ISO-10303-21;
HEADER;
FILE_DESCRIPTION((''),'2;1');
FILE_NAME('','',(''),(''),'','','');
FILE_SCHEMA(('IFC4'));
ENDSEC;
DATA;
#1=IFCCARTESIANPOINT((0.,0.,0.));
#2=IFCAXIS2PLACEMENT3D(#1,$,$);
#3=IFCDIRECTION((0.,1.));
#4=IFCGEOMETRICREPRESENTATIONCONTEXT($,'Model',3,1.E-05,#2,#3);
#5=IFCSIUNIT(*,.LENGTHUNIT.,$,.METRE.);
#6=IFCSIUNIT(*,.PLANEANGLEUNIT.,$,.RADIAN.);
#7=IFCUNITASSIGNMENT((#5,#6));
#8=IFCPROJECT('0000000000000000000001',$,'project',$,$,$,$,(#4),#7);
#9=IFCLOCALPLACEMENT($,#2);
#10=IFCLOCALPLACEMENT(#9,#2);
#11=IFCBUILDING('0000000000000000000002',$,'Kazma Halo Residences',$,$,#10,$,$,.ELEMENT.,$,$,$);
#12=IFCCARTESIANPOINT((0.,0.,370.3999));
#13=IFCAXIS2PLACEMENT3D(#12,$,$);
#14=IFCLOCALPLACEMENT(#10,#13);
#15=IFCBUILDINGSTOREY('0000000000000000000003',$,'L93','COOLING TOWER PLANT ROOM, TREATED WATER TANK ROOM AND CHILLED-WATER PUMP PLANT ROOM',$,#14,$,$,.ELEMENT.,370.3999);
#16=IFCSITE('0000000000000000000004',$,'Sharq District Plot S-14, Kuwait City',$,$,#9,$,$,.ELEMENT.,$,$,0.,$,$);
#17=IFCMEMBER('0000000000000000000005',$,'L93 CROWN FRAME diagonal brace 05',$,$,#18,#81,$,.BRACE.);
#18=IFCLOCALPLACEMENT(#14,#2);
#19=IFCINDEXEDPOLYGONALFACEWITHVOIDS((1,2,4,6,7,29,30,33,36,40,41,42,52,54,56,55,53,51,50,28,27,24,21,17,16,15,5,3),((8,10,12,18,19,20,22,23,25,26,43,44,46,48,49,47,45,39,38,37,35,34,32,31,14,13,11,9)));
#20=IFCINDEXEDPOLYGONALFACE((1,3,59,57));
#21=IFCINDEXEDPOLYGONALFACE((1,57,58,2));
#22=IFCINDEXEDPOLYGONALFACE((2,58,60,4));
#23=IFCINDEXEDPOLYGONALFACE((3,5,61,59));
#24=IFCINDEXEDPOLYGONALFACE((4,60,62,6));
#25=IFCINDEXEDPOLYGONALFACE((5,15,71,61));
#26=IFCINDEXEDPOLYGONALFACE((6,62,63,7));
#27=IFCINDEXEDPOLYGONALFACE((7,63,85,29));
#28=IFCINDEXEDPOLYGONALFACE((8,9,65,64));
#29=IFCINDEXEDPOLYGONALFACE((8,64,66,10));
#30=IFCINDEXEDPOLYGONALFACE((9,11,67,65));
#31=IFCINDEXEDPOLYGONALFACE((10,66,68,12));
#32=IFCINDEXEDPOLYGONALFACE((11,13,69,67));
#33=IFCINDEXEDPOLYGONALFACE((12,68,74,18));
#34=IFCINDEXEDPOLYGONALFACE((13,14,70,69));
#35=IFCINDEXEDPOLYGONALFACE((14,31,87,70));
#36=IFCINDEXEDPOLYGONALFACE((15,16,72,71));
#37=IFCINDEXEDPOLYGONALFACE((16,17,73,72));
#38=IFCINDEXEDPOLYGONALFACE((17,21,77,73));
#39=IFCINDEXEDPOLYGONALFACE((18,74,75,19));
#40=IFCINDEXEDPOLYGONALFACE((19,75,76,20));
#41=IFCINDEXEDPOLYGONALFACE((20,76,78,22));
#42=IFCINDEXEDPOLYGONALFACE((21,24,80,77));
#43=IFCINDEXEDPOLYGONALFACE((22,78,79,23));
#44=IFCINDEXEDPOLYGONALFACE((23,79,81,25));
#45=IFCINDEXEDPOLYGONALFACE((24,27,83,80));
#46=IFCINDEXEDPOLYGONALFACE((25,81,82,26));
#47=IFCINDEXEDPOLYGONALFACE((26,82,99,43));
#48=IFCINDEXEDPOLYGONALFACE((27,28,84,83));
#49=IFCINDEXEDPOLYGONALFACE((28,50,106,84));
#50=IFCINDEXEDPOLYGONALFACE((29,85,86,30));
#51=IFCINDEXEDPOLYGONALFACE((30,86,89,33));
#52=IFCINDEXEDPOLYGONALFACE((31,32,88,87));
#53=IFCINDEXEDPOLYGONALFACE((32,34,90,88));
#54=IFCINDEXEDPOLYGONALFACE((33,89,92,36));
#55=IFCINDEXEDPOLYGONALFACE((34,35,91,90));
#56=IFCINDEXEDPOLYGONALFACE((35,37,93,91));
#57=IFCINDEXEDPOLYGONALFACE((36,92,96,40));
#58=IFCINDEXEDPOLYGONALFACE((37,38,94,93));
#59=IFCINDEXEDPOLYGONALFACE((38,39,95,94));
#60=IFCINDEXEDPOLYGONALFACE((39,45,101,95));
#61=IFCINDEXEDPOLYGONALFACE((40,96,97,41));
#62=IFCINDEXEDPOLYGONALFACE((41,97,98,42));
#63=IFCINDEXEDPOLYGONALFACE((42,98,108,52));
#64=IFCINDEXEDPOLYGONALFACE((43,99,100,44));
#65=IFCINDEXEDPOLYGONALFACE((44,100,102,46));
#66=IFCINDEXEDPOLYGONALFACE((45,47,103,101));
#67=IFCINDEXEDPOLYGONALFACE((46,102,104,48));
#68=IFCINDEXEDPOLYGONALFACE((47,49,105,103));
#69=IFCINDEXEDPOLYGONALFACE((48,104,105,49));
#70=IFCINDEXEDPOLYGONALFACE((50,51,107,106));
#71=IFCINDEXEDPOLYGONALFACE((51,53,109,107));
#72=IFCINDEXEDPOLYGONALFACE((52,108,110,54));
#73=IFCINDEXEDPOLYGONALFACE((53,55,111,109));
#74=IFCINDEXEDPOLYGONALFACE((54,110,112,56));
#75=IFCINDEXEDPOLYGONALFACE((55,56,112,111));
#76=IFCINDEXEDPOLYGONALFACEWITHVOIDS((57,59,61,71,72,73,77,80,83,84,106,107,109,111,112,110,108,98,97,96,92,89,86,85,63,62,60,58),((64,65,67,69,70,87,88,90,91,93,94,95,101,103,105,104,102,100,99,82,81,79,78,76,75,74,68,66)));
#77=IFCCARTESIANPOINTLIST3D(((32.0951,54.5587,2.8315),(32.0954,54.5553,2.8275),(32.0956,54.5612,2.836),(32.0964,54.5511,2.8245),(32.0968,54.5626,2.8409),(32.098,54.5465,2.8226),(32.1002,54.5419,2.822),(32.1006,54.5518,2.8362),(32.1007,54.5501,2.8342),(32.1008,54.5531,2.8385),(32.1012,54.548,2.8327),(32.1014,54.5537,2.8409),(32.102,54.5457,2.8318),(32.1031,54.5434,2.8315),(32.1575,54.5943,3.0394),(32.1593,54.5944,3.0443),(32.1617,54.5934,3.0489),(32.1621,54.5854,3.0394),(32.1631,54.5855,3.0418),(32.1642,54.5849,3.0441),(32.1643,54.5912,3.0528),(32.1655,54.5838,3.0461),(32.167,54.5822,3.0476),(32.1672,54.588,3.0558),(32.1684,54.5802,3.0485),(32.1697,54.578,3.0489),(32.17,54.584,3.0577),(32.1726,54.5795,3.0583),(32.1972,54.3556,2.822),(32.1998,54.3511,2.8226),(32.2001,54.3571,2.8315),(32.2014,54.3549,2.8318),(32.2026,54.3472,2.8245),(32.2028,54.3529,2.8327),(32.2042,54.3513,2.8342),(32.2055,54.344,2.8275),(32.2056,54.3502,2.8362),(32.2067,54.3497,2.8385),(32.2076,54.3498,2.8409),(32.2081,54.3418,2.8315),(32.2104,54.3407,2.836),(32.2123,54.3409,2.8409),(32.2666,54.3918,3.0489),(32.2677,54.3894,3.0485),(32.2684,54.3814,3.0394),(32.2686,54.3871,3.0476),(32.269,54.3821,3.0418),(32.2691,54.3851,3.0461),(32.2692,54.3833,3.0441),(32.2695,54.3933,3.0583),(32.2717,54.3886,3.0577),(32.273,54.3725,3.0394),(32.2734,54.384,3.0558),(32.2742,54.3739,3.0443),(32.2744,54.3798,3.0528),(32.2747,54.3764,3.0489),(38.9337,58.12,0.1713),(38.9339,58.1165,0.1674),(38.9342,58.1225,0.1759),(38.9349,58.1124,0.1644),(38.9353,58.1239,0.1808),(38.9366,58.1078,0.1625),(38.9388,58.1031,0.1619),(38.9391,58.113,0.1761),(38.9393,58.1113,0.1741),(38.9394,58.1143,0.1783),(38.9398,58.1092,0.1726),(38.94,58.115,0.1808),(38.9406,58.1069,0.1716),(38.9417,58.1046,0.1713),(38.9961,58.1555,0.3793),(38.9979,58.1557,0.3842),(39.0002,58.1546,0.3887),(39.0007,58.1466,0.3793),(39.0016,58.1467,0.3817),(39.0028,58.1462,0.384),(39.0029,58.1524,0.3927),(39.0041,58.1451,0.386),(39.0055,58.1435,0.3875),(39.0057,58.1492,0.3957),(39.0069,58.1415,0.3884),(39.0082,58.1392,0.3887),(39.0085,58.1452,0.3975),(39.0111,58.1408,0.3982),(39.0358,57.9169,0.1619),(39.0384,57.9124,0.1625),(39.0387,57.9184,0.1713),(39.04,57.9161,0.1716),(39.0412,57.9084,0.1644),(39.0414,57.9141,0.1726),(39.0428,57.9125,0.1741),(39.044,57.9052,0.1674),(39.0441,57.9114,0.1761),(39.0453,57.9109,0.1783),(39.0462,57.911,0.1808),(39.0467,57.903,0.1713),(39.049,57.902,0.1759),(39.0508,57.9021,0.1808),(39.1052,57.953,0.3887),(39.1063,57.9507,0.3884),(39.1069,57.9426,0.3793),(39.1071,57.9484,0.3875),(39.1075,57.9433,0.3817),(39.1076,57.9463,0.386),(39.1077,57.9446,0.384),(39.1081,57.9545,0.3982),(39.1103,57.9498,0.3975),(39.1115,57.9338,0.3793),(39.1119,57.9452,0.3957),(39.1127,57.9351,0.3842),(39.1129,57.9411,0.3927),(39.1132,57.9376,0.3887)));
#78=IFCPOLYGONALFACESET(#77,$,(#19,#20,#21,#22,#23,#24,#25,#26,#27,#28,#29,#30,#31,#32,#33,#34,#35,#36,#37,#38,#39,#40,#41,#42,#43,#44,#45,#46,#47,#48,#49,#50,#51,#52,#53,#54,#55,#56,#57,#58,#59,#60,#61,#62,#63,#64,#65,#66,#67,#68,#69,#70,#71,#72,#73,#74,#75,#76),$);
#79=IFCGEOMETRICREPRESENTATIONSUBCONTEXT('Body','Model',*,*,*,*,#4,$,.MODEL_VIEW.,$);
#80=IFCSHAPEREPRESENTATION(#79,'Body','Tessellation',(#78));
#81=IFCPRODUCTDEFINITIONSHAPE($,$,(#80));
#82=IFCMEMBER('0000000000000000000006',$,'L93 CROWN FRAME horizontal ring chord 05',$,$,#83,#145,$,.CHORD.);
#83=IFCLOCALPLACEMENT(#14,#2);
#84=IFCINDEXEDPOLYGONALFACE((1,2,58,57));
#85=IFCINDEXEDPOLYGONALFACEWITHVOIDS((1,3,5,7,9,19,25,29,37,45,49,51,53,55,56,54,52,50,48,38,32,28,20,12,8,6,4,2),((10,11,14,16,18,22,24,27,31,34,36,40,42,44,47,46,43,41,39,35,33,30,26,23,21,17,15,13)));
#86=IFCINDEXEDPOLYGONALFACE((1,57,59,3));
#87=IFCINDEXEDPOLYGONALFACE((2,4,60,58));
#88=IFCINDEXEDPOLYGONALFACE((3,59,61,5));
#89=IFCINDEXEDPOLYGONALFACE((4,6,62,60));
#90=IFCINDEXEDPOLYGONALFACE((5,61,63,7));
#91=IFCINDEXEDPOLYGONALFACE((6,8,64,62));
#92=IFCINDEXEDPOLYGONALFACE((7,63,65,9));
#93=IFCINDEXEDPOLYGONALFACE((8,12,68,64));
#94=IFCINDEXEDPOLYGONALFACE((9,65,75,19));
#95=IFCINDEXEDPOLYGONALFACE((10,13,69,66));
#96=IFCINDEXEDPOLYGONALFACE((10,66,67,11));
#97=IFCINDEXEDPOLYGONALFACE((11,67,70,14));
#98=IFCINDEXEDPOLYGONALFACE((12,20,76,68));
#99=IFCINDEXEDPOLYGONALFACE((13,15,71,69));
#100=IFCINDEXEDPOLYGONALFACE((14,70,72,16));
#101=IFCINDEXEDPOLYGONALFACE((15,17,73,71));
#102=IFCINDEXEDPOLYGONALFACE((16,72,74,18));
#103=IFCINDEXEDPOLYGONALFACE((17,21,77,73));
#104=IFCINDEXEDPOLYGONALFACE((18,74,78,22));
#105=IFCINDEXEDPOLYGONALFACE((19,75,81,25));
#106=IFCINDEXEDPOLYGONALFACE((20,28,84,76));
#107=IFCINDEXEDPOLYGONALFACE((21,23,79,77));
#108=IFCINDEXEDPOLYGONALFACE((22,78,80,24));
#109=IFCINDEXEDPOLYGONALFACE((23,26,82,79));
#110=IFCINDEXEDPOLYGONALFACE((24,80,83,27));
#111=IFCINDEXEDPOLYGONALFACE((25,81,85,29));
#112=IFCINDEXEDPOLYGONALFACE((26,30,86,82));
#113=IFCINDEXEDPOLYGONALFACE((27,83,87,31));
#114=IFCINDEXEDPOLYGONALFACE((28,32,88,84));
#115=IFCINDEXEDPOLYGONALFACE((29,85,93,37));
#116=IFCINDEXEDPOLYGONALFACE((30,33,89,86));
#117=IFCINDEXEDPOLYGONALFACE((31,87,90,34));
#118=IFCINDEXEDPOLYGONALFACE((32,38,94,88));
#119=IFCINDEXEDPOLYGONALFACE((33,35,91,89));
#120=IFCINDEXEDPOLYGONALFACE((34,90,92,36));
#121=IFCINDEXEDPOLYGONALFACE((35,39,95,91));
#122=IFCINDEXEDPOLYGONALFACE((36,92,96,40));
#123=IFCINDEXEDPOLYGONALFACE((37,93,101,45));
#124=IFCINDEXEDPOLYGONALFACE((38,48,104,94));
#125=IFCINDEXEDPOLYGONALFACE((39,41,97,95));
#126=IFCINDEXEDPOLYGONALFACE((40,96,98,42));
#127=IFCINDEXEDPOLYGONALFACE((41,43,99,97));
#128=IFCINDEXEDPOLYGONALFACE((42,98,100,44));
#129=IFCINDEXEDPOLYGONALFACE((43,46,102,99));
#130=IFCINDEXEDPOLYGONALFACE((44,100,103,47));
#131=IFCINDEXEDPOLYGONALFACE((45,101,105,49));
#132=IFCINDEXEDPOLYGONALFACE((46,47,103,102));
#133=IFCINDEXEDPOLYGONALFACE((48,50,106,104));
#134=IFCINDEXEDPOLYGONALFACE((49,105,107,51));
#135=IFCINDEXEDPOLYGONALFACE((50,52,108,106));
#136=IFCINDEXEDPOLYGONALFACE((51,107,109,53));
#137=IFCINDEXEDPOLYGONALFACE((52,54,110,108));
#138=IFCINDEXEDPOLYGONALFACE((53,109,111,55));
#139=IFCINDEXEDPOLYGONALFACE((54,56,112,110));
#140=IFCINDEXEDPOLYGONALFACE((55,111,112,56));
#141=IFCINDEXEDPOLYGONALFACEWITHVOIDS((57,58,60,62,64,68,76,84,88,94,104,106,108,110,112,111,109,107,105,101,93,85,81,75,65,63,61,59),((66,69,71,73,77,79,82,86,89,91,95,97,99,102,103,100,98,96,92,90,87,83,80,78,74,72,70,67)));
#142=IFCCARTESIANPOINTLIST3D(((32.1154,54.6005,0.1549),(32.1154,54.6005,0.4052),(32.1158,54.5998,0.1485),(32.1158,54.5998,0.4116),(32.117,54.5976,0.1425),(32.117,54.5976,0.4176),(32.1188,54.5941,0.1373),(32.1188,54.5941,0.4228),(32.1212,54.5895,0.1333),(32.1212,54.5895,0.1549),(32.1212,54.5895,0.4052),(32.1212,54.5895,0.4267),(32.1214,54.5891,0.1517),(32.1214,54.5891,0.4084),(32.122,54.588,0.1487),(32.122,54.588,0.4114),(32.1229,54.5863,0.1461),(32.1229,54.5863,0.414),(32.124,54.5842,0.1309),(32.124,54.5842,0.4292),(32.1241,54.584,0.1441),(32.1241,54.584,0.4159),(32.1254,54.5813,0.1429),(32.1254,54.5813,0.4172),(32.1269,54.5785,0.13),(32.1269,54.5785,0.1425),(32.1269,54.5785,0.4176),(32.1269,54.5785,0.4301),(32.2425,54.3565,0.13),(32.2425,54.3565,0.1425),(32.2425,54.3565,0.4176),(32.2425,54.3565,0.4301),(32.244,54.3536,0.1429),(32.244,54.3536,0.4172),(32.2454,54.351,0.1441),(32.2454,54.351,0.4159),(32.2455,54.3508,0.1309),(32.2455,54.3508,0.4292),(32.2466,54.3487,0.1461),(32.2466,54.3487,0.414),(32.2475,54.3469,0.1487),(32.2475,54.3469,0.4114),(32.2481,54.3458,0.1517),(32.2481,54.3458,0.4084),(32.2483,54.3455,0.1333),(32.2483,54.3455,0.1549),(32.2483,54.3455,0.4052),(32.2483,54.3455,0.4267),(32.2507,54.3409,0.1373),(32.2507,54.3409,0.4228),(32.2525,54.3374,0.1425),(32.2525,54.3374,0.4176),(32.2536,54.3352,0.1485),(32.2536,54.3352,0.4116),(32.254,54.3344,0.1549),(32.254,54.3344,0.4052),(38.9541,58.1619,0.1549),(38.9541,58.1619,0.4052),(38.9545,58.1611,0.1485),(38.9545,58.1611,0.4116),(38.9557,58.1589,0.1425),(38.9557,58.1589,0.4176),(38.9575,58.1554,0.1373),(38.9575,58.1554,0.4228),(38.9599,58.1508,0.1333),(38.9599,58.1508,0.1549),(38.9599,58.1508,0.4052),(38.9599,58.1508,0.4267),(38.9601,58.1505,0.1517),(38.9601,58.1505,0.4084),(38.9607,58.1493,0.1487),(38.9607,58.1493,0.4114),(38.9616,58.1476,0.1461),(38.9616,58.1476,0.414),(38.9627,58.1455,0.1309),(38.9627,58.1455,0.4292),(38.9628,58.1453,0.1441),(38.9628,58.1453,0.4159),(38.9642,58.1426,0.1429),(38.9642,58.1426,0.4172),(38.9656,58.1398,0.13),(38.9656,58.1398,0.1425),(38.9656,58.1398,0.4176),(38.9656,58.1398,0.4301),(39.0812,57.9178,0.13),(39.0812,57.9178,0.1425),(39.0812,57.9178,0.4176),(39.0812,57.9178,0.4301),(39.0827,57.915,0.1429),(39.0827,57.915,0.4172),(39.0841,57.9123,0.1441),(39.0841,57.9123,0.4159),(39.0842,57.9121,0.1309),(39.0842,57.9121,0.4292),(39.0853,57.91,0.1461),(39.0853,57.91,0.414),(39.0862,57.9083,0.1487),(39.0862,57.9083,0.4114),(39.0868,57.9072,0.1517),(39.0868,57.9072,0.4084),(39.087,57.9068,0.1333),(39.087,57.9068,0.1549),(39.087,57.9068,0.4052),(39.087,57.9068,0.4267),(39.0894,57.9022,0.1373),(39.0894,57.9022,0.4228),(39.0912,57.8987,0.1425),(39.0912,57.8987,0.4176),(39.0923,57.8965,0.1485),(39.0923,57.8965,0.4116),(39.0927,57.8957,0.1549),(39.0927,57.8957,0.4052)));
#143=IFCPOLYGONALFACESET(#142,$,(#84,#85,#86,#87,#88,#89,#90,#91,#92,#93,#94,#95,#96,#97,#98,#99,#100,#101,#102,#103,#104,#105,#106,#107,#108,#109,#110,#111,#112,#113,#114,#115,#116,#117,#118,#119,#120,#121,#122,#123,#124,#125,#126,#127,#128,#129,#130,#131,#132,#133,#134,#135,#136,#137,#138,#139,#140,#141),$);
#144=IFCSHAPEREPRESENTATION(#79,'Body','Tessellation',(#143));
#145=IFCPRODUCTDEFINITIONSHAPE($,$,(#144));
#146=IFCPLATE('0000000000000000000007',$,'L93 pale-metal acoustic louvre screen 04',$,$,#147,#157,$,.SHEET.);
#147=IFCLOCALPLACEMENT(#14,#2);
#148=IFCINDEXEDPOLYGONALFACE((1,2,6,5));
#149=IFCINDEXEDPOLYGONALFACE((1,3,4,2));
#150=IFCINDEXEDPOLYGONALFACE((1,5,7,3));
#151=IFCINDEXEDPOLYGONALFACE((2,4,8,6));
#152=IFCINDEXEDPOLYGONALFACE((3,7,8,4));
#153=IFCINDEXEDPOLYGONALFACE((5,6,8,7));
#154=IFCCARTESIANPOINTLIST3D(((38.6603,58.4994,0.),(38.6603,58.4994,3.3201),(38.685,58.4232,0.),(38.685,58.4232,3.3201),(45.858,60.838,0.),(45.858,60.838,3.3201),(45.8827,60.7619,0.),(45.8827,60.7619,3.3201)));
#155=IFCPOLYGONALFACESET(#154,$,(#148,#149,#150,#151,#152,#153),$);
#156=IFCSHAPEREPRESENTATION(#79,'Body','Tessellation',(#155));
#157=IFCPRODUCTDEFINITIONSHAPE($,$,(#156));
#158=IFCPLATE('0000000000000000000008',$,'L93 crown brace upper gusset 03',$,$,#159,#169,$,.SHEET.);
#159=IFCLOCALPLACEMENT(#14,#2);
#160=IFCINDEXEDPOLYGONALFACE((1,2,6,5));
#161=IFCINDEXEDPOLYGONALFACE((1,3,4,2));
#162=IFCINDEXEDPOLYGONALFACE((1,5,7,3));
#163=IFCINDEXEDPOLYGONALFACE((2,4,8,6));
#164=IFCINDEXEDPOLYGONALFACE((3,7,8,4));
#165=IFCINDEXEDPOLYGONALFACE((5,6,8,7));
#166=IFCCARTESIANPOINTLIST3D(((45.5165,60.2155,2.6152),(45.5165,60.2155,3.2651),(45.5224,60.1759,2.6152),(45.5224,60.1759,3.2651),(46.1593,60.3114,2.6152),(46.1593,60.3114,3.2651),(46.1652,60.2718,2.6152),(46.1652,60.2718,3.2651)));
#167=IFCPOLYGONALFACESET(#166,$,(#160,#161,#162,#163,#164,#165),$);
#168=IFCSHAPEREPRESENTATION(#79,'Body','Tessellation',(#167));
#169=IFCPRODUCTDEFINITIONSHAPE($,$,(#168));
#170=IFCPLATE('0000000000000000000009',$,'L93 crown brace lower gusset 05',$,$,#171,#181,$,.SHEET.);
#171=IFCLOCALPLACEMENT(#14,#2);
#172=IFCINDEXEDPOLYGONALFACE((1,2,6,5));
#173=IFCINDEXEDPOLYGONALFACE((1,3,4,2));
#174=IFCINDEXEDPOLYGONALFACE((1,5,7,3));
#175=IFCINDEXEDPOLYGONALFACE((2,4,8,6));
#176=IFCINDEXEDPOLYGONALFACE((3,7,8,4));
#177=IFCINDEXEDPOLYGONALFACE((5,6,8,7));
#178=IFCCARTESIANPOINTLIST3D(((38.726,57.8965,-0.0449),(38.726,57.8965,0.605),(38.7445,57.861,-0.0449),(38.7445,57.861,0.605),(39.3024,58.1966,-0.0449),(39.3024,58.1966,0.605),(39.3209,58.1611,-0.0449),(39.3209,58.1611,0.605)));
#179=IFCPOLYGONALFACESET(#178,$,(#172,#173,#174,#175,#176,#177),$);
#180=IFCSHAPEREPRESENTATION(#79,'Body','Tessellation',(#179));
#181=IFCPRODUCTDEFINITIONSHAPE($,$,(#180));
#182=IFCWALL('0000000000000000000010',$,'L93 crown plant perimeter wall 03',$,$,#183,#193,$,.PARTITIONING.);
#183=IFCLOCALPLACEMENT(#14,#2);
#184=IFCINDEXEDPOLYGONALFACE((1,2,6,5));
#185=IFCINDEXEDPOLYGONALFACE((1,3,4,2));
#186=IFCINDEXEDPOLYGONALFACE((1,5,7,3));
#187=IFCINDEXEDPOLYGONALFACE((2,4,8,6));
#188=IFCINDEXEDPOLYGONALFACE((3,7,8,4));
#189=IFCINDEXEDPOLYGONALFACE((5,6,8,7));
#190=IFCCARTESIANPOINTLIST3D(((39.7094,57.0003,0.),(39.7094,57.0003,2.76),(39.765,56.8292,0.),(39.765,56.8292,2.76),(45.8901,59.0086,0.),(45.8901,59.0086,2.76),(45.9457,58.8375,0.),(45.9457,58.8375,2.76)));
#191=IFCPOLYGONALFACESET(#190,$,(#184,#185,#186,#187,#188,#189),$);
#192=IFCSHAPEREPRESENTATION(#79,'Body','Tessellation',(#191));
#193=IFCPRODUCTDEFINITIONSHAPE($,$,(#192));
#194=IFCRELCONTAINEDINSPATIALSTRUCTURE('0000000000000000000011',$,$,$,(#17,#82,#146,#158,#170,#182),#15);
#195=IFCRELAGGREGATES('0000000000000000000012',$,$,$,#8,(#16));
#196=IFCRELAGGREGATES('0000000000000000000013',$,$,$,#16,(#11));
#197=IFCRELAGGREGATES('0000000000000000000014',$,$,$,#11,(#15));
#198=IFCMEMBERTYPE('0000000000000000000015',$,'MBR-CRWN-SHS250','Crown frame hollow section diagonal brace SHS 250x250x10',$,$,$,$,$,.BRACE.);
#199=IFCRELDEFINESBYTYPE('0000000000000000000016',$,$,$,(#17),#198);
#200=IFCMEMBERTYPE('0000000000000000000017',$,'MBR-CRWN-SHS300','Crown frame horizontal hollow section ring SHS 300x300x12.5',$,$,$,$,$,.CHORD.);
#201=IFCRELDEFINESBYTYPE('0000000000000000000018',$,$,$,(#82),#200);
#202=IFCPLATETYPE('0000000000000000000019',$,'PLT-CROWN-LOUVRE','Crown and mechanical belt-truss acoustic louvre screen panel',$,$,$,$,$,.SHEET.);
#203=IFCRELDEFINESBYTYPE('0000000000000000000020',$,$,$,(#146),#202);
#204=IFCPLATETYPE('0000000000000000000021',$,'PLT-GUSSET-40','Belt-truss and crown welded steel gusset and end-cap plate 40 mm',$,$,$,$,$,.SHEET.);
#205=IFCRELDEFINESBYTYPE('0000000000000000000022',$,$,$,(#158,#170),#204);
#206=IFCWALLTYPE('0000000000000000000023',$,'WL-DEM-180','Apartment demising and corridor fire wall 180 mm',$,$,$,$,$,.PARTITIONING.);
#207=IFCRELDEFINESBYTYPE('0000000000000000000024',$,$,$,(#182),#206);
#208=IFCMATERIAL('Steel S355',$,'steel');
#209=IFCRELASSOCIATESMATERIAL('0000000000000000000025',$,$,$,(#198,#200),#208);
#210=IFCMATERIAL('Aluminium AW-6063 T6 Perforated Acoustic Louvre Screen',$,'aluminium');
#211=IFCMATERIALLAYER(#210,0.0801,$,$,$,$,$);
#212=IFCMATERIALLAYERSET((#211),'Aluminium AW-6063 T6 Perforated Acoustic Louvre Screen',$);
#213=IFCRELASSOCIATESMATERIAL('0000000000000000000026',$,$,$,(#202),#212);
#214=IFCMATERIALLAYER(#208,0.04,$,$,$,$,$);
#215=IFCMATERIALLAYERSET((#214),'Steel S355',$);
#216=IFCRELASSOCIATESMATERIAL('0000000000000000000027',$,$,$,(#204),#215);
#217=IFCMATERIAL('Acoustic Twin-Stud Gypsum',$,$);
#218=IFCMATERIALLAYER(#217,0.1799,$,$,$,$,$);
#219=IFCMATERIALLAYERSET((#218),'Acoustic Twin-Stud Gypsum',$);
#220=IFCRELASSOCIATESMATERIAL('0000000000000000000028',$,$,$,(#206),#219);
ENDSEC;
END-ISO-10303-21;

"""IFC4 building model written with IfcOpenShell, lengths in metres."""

from ifc_helpers import new_model, si_unit, direction, frame, frame_2d, origin, origin_2d, place, context, subcontext, project, spatial, rectangle, hollow_rectangle, extrude, material, layer, layer_set, material_profile, profile_set, type_object, element, save


model = new_model("IFC4")

# Units and contexts
model_context = context("Model", 3, precision=1e-05, world=origin(), true_north=direction((0.0, 1.0)))
body_context = subcontext(model_context, "Body", "Model", "MODEL_VIEW")
ifc_project = project(units=[si_unit("LENGTHUNIT", "METRE"), si_unit("PLANEANGLEUNIT", "RADIAN")], contexts=[model_context])

# Site, building, storey
site_placement = place(None, origin())
site = spatial("IfcSite", under=ifc_project, at=site_placement, Name="Sharq District Plot S-14, Kuwait City", CompositionType="ELEMENT", RefElevation=0.0)
building_placement = place(site_placement, origin())
building = spatial("IfcBuilding", under=site, at=building_placement, Name="Kazma Halo Residences", CompositionType="ELEMENT")
storey_placement = place(building_placement, frame((0.0, 0.0, 370.3999)))
storey = spatial("IfcBuildingStorey", under=building, at=storey_placement, Name="L93", Description="COOLING TOWER PLANT ROOM, TREATED WATER TANK ROOM AND CHILLED-WATER PUMP PLANT ROOM", CompositionType="ELEMENT", Elevation=370.3999)

# Shared definitions
ifc_material_1 = material(Name="Steel S355", Category="steel")

# Members
ifc_material_profile_1 = material_profile(ifc_material_1, hollow_rectangle(XDim=0.25, YDim=0.25, WallThickness=0.01, InnerFilletRadius=0.01, OuterFilletRadius=0.02, at=origin_2d()), Name="SHS250x250x10")
ifc_profile_set_1 = profile_set([ifc_material_profile_1], Name="Steel S355")
member_type_1 = type_object("IfcMemberType", Name="MBR-CRWN-SHS250", Description="Crown frame hollow section diagonal brace SHS 250x250x10", PredefinedType="BRACE", material=ifc_profile_set_1)
member_1_placement = place(storey_placement, frame((39.0234, 58.0288, 0.28), z_axis=(-0.838442, -0.436627, 0.326146), x_axis=(0.461883, -0.886941, 0.0)))
element("IfcMember", 1, at=member_1_placement, inside=storey, type_object=member_type_1, Name="L93 CROWN FRAME diagonal brace 05", PredefinedType="BRACE", context=body_context, shape_type="SweptSolid", body=[
    extrude(hollow_rectangle(XDim=0.25, YDim=0.25, WallThickness=0.01, InnerFilletRadius=0.01, OuterFilletRadius=0.02, at=origin_2d()), origin(), (0.0, 0.0, 1.0), 8.1562),
])
ifc_material_profile_2 = material_profile(ifc_material_1, hollow_rectangle(XDim=0.3, YDim=0.3, WallThickness=0.0125, InnerFilletRadius=0.0125, OuterFilletRadius=0.0249, at=origin_2d()), Name="SHS300x300x12.5")
ifc_profile_set_2 = profile_set([ifc_material_profile_2], Name="Steel S355")
member_type_2 = type_object("IfcMemberType", Name="MBR-CRWN-SHS300", Description="Crown frame horizontal hollow section ring SHS 300x300x12.5", PredefinedType="CHORD", material=ifc_profile_set_2)
member_2_placement = place(storey_placement, frame((39.0234, 58.0288, 0.28), z_axis=(-0.886941, -0.461883, 0.0), x_axis=(0.461883, -0.886941, 0.0)))
element("IfcMember", 2, at=member_2_placement, inside=storey, type_object=member_type_2, Name="L93 CROWN FRAME horizontal ring chord 05", PredefinedType="CHORD", context=body_context, shape_type="SweptSolid", body=[
    extrude(hollow_rectangle(XDim=0.3, YDim=0.3, WallThickness=0.0125, InnerFilletRadius=0.0125, OuterFilletRadius=0.0249, at=origin_2d()), origin(), (0.0, 0.0, 1.0), 7.7104),
])

# Plates
ifc_material_2 = material(Name="Aluminium AW-6063 T6 Perforated Acoustic Louvre Screen", Category="aluminium")
ifc_layer_1 = layer(ifc_material_2, 0.0801)
ifc_layer_set_1 = layer_set([ifc_layer_1], Name="Aluminium AW-6063 T6 Perforated Acoustic Louvre Screen")
plate_type_1 = type_object("IfcPlateType", Name="PLT-CROWN-LOUVRE", Description="Crown and mechanical belt-truss acoustic louvre screen panel", PredefinedType="SHEET", material=ifc_layer_set_1)
plate_placement = place(storey_placement, frame((42.2715, 59.6306, 0.0), z_axis=(0.0, 0.0, 1.0), x_axis=(-0.951058, -0.309012, 0.0)))
element("IfcPlate", 3, at=plate_placement, inside=storey, type_object=plate_type_1, Name="L93 pale-metal acoustic louvre screen 04", PredefinedType="SHEET", context=body_context, shape_type="SweptSolid", body=[
    extrude(rectangle(XDim=7.5681, YDim=0.0801, at=origin_2d()), origin(), (0.0, 0.0, 1.0), 3.3201),
])
ifc_layer_2 = layer(ifc_material_1, 0.04)
ifc_layer_set_2 = layer_set([ifc_layer_2], Name="Steel S355")
plate_type_2 = type_object("IfcPlateType", Name="PLT-GUSSET-40", Description="Belt-truss and crown welded steel gusset and end-cap plate 40 mm", PredefinedType="SHEET", material=ifc_layer_set_2)
for number, where, z_axis, x_axis, name in (
    (4, (45.8408, 60.2437, 2.6152), (0.0, 0.0, 1.0), (-0.989034, -0.147687, 0.0), "L93 crown brace upper gusset 03"),
    (5, (39.0234, 58.0288, -0.0449), (0.0, 0.0, 1.0), (-0.88695, -0.461866, 0.0), "L93 crown brace lower gusset 05"),
):
    element("IfcPlate", number, at=place(storey_placement, frame(where, z_axis=z_axis, x_axis=x_axis)), inside=storey, type_object=plate_type_2, Name=name, PredefinedType="SHEET", context=body_context, shape_type="SweptSolid", body=[
        extrude(rectangle(XDim=0.6499, YDim=0.04, at=origin_2d()), origin(), (0.0, 0.0, 1.0), 0.6499),
    ])

# Wall
ifc_material_3 = material(Name="Acoustic Twin-Stud Gypsum")
ifc_layer_3 = layer(ifc_material_3, 0.1799)
ifc_layer_set_3 = layer_set([ifc_layer_3], Name="Acoustic Twin-Stud Gypsum")
wall_type_1 = type_object("IfcWallType", Name="WL-DEM-180", Description="Apartment demising and corridor fire wall 180 mm", PredefinedType="PARTITIONING", material=ifc_layer_set_3)
wall_1_placement = place(storey_placement, frame((45.918, 58.9231, 0.0), z_axis=(0.0, 0.0, 1.0), x_axis=(-0.951053, -0.309028, 0.0)))
element("IfcWall", 6, at=wall_1_placement, inside=storey, type_object=wall_type_1, Name="L93 crown plant perimeter wall 03", PredefinedType="PARTITIONING", context=body_context, shape_type="SweptSolid", body=[
    extrude(rectangle(XDim=6.4988, YDim=0.1799, at=frame_2d((3.2495, 0.0))), origin(), (0.0, 0.0, 1.0), 2.76),
])

save(model, "model.ifc")
